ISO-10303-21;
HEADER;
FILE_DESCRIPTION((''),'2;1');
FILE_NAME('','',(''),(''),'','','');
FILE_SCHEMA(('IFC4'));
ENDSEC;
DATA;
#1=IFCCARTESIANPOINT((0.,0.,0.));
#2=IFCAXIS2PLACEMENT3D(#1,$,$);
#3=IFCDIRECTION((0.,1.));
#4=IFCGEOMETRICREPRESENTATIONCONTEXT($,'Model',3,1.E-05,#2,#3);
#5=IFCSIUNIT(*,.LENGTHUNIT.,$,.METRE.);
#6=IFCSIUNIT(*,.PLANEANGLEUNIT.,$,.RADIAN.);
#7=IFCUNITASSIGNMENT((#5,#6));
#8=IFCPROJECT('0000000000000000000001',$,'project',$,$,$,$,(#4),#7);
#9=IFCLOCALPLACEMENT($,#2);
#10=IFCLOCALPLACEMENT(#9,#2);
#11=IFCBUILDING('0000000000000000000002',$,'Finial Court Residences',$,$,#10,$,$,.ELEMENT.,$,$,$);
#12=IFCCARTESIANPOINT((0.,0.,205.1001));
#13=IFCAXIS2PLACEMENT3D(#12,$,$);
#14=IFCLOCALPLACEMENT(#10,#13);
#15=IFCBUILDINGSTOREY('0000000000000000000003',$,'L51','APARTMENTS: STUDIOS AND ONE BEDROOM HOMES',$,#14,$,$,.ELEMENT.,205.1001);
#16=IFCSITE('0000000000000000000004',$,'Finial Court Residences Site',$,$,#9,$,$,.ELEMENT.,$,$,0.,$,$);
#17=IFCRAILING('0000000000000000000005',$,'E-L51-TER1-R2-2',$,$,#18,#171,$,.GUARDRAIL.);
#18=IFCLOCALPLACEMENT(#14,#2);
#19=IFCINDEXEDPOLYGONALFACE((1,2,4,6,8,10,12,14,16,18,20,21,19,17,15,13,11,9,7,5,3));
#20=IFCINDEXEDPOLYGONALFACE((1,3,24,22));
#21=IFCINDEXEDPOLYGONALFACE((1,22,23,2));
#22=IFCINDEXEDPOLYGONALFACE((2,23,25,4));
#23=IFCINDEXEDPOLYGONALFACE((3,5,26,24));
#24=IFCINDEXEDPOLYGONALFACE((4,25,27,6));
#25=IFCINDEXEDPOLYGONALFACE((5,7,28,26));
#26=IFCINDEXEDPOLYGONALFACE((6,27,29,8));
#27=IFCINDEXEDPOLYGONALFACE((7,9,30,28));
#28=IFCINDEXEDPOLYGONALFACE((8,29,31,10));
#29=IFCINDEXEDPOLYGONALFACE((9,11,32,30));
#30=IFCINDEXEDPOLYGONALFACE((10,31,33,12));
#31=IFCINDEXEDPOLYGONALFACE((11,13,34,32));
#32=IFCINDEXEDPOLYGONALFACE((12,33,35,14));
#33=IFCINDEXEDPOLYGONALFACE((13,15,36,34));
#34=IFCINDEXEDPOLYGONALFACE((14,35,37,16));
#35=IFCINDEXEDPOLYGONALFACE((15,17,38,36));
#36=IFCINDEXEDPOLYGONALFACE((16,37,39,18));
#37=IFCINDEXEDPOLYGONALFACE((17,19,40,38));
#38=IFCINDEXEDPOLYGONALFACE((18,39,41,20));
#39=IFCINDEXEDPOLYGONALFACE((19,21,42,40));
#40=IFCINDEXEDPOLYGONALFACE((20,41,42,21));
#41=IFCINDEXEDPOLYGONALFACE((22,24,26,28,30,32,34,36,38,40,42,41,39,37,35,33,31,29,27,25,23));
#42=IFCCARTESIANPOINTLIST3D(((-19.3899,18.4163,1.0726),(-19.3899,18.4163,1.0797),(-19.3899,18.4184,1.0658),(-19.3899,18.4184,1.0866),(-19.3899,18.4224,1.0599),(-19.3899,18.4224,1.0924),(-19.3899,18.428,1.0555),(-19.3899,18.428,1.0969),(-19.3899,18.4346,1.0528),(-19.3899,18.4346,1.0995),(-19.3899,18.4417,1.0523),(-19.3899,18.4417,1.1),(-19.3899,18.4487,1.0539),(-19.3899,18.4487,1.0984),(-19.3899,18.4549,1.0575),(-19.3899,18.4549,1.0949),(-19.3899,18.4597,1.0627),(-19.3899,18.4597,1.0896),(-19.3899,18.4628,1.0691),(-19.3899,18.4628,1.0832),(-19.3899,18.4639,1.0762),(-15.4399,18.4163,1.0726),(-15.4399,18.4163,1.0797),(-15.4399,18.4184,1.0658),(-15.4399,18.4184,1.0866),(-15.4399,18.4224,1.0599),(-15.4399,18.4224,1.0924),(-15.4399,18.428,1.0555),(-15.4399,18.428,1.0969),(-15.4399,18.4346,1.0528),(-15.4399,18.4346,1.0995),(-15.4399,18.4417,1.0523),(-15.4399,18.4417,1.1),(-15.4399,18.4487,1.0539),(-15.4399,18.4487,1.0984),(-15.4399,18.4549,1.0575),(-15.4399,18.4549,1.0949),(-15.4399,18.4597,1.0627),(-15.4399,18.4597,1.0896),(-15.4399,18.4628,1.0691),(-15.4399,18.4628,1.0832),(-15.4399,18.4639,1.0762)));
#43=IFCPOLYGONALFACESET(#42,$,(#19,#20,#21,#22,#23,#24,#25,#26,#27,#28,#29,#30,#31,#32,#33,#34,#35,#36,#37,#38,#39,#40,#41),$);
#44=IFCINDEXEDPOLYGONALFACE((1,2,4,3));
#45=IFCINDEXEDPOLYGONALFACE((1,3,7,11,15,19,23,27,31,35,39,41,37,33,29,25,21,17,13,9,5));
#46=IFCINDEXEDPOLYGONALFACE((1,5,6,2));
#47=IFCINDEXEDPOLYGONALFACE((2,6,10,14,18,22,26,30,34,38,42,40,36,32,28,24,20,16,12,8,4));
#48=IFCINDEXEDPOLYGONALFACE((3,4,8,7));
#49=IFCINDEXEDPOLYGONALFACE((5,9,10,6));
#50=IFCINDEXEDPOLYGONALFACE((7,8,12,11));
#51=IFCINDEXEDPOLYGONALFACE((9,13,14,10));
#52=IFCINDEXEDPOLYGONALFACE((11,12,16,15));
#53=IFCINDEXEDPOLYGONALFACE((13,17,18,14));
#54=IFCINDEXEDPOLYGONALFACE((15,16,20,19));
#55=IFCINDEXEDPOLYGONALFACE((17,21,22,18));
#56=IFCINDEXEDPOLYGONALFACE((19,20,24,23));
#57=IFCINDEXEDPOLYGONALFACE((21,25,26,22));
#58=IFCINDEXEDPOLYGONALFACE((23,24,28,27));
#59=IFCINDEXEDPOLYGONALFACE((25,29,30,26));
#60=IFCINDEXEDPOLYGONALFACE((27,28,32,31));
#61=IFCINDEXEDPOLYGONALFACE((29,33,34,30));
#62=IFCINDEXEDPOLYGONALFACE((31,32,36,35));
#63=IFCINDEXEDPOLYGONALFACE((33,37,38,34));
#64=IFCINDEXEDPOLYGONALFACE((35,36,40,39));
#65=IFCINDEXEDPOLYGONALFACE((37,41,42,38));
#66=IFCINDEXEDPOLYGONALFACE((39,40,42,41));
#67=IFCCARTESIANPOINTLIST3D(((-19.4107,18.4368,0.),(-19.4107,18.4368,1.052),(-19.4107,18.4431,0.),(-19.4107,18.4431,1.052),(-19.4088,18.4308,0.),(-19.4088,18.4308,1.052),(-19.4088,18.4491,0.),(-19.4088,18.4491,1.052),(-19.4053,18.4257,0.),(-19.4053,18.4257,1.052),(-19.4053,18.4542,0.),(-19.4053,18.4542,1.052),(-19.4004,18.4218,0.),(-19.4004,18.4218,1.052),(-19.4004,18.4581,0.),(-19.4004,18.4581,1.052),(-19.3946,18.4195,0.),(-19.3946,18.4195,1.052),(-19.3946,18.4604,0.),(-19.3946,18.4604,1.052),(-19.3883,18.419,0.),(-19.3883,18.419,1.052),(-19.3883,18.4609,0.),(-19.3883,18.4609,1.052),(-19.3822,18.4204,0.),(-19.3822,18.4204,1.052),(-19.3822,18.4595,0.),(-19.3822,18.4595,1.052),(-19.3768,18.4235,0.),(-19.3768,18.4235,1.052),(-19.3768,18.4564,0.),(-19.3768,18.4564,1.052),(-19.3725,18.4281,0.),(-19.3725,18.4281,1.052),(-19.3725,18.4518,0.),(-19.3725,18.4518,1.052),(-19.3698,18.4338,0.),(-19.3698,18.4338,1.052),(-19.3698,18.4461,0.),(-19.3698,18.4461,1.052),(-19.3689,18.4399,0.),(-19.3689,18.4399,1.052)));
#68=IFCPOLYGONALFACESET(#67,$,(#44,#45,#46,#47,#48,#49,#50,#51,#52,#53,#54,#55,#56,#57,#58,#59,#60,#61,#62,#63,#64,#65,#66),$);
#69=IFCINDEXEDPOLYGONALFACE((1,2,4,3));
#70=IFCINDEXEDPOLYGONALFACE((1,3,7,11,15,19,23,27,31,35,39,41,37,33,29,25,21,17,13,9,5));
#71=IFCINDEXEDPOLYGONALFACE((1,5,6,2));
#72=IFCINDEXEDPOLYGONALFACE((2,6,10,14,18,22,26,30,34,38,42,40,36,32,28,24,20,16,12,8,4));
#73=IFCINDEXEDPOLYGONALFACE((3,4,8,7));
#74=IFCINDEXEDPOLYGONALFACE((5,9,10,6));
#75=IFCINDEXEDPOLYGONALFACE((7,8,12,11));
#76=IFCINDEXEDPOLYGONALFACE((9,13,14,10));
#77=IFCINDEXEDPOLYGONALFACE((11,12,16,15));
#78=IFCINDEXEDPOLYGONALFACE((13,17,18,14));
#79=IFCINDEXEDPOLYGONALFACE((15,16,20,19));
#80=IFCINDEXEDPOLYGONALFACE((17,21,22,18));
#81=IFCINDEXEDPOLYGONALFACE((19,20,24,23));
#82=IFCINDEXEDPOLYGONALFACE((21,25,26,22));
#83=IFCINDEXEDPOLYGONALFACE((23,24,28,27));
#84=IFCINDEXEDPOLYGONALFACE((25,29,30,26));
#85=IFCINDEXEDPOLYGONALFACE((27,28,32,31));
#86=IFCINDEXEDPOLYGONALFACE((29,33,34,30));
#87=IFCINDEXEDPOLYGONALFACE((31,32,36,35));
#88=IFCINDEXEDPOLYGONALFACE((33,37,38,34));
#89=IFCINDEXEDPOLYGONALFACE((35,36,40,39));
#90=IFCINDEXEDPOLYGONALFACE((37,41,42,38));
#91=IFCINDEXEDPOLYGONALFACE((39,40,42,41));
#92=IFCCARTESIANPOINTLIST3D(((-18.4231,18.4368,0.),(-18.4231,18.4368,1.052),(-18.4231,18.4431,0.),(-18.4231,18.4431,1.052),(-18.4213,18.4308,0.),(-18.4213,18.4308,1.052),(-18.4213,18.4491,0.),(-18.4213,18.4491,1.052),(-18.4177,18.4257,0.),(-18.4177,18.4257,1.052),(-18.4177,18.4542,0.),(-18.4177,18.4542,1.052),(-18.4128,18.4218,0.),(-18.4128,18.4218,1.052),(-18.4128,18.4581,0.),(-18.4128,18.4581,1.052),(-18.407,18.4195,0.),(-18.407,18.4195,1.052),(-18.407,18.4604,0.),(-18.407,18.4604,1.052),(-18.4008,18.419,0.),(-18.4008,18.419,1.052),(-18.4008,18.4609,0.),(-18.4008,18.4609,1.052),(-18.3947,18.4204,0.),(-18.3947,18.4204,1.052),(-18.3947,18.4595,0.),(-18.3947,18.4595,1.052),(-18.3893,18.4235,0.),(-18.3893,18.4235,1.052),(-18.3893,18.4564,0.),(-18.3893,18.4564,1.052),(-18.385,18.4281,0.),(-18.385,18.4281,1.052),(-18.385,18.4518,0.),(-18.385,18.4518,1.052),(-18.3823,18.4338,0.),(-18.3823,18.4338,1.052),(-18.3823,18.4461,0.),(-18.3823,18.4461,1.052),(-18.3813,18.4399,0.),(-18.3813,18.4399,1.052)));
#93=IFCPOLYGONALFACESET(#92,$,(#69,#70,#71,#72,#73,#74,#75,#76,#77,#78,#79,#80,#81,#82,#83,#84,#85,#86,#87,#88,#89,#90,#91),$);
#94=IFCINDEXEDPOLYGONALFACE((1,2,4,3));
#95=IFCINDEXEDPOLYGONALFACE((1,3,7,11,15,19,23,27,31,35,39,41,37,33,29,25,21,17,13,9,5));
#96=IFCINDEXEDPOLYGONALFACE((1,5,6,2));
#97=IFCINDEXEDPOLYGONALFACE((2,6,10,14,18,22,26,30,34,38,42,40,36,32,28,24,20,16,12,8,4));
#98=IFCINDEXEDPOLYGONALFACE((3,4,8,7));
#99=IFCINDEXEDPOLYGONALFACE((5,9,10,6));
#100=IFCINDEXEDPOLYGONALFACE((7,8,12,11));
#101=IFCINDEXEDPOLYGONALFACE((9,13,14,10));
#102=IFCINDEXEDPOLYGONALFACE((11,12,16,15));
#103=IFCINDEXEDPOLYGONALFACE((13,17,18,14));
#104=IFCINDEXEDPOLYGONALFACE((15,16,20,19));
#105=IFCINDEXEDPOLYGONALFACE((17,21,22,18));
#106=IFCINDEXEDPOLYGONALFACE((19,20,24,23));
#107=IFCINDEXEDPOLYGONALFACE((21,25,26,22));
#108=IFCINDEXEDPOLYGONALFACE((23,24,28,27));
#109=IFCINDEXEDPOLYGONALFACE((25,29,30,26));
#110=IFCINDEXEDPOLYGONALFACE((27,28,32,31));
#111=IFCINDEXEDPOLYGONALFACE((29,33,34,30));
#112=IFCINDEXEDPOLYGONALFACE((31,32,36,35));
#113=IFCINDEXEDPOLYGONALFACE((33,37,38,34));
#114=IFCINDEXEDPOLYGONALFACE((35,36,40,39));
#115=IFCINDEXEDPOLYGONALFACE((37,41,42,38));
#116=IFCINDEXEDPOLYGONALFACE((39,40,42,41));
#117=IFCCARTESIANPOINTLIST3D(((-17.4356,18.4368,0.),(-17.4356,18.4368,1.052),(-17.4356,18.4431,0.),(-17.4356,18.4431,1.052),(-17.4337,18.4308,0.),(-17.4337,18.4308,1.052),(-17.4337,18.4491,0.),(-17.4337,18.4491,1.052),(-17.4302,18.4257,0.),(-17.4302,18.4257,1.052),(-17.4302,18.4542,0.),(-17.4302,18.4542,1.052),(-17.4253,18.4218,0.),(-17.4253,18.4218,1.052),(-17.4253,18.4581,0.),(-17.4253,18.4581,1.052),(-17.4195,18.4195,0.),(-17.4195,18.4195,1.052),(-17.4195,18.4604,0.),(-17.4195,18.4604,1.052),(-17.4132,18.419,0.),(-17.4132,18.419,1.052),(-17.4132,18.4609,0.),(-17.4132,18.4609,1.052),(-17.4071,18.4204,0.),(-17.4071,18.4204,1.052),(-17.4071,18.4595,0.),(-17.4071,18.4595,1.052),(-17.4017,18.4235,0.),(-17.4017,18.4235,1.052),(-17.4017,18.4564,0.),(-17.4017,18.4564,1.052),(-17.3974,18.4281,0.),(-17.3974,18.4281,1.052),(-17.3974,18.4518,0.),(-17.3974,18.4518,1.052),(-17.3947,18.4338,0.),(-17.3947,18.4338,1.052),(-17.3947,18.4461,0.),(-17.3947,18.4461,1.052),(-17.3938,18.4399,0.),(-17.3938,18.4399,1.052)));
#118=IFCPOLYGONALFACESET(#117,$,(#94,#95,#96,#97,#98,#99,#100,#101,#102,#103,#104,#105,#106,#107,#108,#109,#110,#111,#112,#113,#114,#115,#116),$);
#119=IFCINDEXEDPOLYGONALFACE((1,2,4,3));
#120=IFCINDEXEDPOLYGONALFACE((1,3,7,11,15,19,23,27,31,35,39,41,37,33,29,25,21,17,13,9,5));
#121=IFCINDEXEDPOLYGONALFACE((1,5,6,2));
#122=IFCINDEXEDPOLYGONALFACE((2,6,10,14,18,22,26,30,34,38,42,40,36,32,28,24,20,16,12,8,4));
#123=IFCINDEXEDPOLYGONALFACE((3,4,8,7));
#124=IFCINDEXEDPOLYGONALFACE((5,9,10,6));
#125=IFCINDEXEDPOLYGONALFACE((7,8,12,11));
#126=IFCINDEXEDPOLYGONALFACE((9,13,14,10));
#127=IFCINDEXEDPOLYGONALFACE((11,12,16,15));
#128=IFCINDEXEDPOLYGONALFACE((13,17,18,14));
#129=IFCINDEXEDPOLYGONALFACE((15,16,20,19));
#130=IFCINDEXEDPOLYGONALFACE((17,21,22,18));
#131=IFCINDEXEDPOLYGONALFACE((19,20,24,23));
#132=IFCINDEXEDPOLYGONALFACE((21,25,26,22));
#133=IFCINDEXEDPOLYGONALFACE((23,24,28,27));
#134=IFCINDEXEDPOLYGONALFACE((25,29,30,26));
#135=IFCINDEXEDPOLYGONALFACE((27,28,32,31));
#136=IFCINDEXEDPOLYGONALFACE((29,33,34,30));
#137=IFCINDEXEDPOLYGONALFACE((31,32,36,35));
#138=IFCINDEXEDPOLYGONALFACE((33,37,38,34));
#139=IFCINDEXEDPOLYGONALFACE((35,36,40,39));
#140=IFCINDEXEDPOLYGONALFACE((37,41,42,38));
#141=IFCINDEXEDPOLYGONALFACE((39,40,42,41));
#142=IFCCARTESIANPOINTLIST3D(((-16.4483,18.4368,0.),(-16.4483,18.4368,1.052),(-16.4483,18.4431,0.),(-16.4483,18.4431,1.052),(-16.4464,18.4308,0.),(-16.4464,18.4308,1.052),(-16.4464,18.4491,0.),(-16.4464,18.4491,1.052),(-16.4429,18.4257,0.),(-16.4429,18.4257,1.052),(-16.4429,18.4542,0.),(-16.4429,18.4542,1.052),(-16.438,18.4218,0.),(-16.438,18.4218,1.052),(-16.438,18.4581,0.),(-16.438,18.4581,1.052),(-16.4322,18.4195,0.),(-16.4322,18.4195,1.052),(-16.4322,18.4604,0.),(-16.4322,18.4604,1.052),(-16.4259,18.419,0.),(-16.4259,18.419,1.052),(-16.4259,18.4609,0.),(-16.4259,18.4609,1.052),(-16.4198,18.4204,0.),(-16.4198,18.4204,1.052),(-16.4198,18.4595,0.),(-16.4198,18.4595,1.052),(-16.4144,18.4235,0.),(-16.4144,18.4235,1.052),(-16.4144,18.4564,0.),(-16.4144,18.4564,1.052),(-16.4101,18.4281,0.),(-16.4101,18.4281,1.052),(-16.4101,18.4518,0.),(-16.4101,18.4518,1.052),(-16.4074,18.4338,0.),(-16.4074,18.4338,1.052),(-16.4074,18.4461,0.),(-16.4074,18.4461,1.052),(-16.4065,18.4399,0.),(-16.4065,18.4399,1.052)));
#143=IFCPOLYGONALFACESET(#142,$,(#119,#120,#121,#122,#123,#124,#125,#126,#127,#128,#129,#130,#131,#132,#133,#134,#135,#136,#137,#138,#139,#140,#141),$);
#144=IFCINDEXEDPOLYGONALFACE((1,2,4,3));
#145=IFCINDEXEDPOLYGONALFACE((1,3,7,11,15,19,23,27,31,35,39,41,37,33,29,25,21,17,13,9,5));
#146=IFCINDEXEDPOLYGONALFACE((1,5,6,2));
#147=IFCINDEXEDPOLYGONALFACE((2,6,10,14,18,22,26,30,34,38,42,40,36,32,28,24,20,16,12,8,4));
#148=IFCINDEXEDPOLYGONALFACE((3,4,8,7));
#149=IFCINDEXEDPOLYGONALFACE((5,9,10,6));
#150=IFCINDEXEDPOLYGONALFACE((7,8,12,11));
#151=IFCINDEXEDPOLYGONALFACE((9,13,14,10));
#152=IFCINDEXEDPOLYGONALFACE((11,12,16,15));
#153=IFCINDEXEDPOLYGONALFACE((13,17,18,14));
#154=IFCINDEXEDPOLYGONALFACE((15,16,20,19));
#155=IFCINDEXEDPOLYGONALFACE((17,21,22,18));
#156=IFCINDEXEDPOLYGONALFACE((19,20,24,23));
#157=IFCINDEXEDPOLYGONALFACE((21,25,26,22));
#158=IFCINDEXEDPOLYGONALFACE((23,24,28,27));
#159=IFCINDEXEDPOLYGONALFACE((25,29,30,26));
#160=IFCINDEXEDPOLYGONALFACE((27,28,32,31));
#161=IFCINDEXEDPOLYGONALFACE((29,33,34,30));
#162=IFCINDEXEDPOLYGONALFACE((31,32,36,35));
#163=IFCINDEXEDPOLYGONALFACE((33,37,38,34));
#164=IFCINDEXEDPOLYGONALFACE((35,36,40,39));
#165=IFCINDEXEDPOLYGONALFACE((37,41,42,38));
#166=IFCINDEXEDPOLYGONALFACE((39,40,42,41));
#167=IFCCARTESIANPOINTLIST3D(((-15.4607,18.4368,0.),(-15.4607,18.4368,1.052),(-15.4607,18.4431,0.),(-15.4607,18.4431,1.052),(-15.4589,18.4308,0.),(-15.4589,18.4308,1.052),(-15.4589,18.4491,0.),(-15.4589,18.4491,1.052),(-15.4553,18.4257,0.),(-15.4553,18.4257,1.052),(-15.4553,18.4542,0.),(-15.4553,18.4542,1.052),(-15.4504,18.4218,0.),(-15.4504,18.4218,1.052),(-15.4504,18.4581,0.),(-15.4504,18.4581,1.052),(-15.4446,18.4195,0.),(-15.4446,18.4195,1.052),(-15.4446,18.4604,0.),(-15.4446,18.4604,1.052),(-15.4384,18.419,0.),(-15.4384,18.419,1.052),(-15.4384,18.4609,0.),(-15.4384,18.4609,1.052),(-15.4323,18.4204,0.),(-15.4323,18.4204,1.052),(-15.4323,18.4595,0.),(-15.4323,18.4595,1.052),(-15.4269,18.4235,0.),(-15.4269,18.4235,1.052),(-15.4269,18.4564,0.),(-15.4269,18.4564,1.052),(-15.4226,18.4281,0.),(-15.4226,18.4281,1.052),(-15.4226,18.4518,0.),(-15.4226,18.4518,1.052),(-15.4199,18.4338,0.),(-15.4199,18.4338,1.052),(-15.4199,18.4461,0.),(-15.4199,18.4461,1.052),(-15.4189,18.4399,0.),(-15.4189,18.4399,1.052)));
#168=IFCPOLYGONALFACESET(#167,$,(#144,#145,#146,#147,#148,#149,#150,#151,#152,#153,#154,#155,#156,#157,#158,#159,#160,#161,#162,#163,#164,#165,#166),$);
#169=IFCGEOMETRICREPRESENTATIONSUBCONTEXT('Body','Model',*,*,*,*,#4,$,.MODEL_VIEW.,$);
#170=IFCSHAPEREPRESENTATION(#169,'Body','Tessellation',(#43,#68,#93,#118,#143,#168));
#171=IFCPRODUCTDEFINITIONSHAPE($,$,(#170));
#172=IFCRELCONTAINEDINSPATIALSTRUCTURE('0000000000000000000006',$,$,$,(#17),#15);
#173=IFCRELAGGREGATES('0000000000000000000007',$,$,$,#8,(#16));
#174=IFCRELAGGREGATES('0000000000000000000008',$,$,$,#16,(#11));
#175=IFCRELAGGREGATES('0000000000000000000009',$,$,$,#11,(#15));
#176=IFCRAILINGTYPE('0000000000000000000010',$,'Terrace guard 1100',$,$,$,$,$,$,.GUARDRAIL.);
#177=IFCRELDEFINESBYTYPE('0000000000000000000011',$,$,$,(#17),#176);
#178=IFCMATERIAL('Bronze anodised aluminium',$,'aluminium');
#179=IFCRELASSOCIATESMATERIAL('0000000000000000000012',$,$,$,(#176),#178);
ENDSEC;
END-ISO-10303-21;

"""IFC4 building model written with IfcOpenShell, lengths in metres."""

from ifc_helpers import new_model, si_unit, direction, frame, origin, origin_2d, place, context, subcontext, project, spatial, circle, extrude, material, type_object, element, save


model = new_model("IFC4")

# Units and contexts
model_context = context("Model", 3, precision=1e-05, world=origin(), true_north=direction((0.0, 1.0)))
body_context = subcontext(model_context, "Body", "Model", "MODEL_VIEW")
ifc_project = project(units=[si_unit("LENGTHUNIT", "METRE"), si_unit("PLANEANGLEUNIT", "RADIAN")], contexts=[model_context])

# Site, building, storey
site_placement = place(None, origin())
site = spatial("IfcSite", under=ifc_project, at=site_placement, Name="Finial Court Residences Site", CompositionType="ELEMENT", RefElevation=0.0)
building_placement = place(site_placement, origin())
building = spatial("IfcBuilding", under=site, at=building_placement, Name="Finial Court Residences", CompositionType="ELEMENT")
storey_placement = place(building_placement, frame((0.0, 0.0, 205.1001)))
storey = spatial("IfcBuildingStorey", under=building, at=storey_placement, Name="L51", Description="APARTMENTS: STUDIOS AND ONE BEDROOM HOMES", CompositionType="ELEMENT", Elevation=205.1001)

# Shared definitions
ifc_material_1 = material(Name="Bronze anodised aluminium", Category="aluminium")

# Railing
railing_type = type_object("IfcRailingType", Name="Terrace guard 1100", PredefinedType="GUARDRAIL", material=ifc_material_1)
railing_1_placement = place(storey_placement, frame((-19.3899, 18.4399, 0.0)))
element("IfcRailing", 1, at=railing_1_placement, inside=storey, type_object=railing_type, Name="E-L51-TER1-R2-2", PredefinedType="GUARDRAIL", context=body_context, shape_type="SweptSolid", body=[
    extrude(circle(Radius=0.0239, at=origin_2d()), frame((0.0, 0.0, 1.0762), z_axis=(1.0, 0.0, 0.0), x_axis=(0.0, 1.0, 0.0)), (0.0, 0.0, 1.0), 3.95),
    extrude(circle(Radius=0.021, at=origin_2d()), origin(), (0.0, 0.0, 1.0), 1.052),
    extrude(circle(Radius=0.021, at=origin_2d()), frame((0.9875, 0.0, 0.0)), (0.0, 0.0, 1.0), 1.052),
    extrude(circle(Radius=0.021, at=origin_2d()), frame((1.9751, 0.0, 0.0)), (0.0, 0.0, 1.0), 1.052),
    extrude(circle(Radius=0.021, at=origin_2d()), frame((2.9624, 0.0, 0.0)), (0.0, 0.0, 1.0), 1.052),
    extrude(circle(Radius=0.021, at=origin_2d()), frame((3.95, 0.0, 0.0)), (0.0, 0.0, 1.0), 1.052),
])

save(model, "model.ifc")
